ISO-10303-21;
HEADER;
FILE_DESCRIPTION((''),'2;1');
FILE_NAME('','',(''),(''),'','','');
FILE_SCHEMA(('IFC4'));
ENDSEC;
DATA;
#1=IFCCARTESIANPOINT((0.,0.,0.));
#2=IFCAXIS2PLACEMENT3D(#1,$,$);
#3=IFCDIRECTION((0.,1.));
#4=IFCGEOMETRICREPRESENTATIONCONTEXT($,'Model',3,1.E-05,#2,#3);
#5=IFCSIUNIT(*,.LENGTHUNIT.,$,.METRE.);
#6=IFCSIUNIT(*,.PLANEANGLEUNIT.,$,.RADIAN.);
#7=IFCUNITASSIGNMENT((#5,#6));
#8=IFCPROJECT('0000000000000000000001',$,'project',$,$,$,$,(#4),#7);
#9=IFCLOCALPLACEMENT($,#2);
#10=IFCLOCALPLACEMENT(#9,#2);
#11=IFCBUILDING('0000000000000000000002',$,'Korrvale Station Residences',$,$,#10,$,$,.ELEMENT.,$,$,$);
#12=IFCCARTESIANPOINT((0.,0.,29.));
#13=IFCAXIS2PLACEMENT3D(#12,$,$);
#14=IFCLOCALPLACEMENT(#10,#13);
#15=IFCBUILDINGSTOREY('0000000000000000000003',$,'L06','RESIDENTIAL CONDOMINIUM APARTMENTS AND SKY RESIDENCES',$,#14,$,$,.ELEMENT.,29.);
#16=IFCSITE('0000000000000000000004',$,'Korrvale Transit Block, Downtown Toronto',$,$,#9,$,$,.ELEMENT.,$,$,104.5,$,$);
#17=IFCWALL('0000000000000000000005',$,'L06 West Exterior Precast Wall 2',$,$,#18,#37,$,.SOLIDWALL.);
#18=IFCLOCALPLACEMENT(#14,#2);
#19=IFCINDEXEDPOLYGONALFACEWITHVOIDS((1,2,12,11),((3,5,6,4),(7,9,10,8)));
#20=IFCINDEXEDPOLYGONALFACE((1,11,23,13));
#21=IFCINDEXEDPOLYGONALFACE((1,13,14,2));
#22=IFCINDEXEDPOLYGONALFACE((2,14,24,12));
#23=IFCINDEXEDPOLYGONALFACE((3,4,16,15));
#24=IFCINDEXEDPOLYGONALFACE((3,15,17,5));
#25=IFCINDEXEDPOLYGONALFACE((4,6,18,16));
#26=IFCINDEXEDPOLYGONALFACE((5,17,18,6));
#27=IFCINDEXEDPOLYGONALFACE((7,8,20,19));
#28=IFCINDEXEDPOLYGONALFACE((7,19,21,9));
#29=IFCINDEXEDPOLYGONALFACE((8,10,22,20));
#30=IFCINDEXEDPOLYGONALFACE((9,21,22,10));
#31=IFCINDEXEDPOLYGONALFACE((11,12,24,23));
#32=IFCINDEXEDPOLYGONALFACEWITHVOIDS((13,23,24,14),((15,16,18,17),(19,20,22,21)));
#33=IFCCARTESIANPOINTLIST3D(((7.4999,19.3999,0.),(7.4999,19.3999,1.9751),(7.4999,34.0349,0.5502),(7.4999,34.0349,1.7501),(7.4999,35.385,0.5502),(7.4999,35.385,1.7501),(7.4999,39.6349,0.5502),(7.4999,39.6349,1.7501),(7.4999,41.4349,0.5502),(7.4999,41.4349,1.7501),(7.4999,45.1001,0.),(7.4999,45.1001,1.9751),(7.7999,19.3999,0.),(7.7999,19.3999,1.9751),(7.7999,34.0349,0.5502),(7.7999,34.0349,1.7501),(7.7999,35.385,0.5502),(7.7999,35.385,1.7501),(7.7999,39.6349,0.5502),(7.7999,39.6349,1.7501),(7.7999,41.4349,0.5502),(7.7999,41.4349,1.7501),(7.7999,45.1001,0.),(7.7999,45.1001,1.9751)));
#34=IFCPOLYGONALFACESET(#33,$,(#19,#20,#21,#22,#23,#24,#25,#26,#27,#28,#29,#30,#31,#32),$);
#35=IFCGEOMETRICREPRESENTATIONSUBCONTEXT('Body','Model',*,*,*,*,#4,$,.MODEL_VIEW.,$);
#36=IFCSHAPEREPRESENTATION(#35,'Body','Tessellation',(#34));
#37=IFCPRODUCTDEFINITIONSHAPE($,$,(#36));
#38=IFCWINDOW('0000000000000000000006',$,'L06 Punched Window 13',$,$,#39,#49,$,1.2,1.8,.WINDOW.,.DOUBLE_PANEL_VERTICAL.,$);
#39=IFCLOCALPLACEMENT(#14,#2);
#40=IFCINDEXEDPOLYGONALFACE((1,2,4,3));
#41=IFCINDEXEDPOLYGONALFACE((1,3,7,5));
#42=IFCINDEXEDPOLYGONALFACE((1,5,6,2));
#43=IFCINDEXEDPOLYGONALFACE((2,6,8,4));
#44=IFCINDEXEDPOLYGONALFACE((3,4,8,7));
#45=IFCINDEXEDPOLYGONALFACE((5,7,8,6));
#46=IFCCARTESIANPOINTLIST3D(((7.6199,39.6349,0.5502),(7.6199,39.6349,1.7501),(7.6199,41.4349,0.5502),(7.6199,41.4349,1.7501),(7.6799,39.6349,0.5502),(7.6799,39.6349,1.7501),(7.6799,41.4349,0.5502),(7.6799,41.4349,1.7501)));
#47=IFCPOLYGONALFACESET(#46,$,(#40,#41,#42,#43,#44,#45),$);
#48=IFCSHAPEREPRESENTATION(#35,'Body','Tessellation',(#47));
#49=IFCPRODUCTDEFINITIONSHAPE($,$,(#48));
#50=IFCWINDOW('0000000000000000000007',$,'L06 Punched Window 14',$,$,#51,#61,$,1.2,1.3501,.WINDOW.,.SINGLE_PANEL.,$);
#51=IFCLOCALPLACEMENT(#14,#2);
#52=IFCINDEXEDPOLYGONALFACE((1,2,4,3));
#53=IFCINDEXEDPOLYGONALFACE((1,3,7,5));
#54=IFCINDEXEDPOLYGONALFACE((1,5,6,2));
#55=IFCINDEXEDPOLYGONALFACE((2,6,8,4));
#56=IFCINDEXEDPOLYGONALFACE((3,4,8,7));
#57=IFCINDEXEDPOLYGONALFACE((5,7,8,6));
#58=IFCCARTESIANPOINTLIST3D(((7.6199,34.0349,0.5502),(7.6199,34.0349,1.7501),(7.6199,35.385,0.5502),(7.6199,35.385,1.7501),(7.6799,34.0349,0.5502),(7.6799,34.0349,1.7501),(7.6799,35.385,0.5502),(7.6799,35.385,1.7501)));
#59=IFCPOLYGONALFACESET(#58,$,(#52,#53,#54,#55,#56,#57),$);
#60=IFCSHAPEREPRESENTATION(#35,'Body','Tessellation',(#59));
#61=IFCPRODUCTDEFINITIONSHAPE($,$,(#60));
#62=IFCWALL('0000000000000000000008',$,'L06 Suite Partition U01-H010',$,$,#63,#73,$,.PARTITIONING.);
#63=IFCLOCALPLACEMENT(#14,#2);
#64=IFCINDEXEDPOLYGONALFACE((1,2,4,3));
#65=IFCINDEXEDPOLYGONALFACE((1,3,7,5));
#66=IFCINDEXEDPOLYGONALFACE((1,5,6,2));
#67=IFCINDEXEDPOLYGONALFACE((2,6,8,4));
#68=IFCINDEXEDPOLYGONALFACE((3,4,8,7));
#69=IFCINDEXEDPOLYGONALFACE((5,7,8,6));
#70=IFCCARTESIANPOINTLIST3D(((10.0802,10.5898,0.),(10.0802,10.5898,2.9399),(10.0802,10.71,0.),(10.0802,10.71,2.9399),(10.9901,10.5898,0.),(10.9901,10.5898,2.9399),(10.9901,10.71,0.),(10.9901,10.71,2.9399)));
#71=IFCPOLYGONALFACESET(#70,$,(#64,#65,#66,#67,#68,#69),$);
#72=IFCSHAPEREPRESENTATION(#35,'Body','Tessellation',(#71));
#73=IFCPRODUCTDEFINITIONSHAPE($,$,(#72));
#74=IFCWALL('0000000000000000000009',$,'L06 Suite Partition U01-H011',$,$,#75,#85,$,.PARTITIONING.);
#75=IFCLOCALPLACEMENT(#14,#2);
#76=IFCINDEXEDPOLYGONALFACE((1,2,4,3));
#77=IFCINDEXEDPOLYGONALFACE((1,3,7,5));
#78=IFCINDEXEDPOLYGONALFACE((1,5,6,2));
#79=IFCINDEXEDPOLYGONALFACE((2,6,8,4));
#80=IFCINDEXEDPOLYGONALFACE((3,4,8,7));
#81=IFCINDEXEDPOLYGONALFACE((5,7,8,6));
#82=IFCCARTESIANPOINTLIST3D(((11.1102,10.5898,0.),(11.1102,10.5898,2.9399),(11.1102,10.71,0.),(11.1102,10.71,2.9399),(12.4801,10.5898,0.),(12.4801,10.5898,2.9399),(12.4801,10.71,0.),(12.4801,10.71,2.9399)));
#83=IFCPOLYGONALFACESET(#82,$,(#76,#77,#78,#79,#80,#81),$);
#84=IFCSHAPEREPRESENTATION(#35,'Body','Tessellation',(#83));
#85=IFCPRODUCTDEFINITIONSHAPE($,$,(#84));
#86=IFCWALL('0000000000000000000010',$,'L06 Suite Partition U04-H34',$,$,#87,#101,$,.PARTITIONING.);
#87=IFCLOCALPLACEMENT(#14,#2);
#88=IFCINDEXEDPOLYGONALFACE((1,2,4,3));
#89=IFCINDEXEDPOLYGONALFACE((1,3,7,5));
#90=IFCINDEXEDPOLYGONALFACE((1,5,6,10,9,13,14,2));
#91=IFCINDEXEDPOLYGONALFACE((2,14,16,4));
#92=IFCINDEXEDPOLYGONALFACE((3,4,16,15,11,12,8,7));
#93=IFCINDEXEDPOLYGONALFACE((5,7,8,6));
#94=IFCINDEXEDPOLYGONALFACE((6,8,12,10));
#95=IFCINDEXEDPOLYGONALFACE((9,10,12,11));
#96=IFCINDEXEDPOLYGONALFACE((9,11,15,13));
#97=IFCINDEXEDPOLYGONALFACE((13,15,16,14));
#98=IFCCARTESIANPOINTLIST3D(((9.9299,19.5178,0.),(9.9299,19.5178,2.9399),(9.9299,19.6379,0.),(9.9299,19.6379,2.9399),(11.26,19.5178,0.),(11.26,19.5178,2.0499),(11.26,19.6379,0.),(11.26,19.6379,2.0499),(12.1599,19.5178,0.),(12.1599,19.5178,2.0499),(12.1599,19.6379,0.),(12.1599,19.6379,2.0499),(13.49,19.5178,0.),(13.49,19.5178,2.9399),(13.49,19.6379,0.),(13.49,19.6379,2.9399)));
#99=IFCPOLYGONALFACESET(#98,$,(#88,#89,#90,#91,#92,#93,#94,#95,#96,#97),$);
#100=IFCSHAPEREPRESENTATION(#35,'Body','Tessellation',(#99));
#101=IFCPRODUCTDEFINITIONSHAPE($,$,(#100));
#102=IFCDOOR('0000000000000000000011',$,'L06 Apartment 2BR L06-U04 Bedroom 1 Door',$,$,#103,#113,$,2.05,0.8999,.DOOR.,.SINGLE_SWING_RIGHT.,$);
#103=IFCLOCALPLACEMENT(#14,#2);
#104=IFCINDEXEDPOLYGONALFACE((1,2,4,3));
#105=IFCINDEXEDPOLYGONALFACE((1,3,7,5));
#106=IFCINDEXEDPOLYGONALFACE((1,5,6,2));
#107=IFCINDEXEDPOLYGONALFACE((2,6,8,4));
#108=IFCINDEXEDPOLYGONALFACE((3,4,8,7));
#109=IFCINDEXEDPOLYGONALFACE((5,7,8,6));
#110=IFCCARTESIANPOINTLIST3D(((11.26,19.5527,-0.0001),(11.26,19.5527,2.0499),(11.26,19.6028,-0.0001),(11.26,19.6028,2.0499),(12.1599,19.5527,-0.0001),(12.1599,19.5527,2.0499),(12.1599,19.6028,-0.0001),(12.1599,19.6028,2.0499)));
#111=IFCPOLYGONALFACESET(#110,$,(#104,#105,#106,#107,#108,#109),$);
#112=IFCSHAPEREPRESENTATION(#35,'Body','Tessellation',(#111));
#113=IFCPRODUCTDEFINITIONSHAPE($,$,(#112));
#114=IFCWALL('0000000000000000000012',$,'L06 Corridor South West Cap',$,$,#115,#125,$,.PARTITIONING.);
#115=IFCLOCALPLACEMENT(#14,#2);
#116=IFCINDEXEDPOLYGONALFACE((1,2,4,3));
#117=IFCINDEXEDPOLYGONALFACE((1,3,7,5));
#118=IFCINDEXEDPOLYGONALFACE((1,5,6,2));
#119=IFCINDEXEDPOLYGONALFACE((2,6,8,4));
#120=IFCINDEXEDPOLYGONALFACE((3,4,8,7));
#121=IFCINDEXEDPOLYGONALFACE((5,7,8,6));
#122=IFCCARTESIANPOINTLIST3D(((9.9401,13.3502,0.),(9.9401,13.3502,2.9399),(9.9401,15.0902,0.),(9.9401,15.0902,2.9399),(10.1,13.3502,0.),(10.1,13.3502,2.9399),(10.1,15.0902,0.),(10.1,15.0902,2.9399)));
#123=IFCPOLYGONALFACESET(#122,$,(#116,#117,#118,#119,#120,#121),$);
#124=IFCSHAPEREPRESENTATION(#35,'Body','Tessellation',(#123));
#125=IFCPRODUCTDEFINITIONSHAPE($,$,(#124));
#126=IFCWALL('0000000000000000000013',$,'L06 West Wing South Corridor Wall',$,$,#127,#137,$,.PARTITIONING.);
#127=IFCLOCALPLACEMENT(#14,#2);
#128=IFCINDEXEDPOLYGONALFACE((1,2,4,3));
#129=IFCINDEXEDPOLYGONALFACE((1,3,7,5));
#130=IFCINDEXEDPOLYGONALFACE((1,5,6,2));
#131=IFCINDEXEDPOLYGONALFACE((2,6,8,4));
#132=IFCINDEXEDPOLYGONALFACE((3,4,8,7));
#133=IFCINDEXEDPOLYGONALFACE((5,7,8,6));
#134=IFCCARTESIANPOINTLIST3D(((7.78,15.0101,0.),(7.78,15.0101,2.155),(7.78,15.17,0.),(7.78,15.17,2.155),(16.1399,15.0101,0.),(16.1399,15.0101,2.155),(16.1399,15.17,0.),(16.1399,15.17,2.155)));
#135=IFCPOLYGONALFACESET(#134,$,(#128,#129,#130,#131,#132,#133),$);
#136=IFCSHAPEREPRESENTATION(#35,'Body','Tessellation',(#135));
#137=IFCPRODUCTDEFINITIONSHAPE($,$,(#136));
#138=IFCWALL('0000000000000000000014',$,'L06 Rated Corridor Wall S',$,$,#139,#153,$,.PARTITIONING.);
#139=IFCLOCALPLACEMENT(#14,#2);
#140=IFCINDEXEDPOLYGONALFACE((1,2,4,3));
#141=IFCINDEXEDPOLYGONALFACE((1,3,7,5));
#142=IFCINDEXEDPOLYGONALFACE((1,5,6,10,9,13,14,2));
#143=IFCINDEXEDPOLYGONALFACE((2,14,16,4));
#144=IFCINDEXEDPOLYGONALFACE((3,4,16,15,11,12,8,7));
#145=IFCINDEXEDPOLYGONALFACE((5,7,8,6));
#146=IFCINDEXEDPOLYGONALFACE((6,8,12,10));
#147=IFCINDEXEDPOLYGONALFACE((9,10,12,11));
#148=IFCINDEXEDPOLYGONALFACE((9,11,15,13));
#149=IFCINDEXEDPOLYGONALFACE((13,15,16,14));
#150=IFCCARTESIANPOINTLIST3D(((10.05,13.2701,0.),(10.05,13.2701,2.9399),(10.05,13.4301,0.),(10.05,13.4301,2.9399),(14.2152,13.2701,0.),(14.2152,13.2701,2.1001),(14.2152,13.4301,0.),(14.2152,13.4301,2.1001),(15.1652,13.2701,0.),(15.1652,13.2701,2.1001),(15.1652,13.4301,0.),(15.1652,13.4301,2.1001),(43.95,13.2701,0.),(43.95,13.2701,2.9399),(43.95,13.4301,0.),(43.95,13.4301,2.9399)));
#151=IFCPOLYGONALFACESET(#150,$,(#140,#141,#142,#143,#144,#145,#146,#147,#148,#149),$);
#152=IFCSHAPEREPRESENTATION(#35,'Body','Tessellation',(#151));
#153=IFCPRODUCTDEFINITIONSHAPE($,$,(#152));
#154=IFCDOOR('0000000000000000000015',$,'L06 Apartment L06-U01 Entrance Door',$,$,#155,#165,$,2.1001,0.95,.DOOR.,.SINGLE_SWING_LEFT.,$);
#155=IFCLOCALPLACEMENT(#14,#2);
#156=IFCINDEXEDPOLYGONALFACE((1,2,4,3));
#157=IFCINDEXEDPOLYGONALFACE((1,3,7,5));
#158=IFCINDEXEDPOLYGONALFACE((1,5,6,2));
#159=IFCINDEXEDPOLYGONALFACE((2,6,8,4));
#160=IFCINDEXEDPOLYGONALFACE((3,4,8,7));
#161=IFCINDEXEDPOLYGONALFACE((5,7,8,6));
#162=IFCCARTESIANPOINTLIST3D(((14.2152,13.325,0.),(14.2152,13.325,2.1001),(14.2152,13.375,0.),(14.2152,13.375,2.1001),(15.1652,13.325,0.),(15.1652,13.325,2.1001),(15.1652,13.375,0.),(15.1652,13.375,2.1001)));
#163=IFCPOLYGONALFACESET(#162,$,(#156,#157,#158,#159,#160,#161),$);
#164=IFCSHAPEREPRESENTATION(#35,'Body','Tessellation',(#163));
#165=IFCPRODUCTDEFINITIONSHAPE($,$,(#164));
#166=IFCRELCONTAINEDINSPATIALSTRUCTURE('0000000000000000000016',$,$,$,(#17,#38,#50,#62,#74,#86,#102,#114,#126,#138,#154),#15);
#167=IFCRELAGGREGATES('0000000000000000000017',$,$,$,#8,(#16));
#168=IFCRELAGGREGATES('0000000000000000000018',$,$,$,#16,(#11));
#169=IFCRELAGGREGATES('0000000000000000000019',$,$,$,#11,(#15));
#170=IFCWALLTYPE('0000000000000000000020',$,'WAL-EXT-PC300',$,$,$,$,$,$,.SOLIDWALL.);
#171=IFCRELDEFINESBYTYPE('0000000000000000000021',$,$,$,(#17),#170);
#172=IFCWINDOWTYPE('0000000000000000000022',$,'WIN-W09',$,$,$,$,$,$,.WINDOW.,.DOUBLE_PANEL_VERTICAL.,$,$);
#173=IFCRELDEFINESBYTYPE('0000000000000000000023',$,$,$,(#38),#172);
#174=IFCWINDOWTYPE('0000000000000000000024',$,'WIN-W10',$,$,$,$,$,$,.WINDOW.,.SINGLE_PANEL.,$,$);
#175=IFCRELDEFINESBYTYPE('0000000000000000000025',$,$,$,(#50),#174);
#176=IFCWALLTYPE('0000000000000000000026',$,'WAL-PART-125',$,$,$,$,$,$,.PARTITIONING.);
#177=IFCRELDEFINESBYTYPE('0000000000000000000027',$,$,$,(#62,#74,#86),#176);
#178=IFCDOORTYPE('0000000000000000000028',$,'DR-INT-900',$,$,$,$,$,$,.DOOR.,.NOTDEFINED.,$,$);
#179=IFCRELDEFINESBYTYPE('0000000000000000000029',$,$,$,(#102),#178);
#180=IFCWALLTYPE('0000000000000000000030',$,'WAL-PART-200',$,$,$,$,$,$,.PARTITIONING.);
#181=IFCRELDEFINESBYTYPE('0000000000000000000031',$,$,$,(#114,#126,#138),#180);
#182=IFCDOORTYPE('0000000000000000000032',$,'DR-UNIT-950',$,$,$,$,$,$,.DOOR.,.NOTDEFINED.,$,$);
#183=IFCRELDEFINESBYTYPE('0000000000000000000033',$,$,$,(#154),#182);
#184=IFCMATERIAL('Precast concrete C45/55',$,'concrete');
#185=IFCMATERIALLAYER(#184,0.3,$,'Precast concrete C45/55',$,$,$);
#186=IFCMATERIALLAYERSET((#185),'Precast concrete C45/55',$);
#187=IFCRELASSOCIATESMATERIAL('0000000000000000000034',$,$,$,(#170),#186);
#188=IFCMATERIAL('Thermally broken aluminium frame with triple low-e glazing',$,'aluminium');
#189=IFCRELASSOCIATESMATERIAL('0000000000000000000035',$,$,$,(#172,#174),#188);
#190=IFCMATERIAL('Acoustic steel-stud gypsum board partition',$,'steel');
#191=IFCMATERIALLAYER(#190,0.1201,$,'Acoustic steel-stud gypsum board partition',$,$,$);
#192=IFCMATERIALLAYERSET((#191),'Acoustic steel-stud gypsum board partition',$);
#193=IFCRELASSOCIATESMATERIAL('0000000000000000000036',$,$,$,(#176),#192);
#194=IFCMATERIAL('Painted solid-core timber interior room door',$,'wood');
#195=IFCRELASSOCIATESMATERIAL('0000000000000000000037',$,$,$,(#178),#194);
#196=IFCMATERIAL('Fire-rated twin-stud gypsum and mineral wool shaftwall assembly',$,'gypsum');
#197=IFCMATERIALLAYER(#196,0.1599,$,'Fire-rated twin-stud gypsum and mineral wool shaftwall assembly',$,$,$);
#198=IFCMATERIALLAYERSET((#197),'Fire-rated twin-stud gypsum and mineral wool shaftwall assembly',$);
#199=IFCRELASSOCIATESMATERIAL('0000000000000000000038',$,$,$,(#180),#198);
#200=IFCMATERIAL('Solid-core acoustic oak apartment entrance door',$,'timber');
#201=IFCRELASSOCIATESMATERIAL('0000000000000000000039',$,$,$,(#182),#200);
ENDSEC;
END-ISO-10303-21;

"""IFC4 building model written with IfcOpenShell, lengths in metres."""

from ifc_helpers import new_model, si_unit, direction, frame, frame_2d, origin, place, context, subcontext, project, spatial, rectangle, extrude, material, layer, layer_set, type_object, element, fill, save


model = new_model("IFC4")

# Units and contexts
model_context = context("Model", 3, precision=1e-05, world=origin(), true_north=direction((0.0, 1.0)))
body_context = subcontext(model_context, "Body", "Model", "MODEL_VIEW")
ifc_project = project(units=[si_unit("LENGTHUNIT", "METRE"), si_unit("PLANEANGLEUNIT", "RADIAN")], contexts=[model_context])

# Site, building, storey
site_placement = place(None, origin())
site = spatial("IfcSite", under=ifc_project, at=site_placement, Name="Korrvale Transit Block, Downtown Toronto", CompositionType="ELEMENT", RefElevation=104.5)
building_placement = place(site_placement, origin())
building = spatial("IfcBuilding", under=site, at=building_placement, Name="Korrvale Station Residences", CompositionType="ELEMENT")
storey_placement = place(building_placement, frame((0.0, 0.0, 29.0)))
storey = spatial("IfcBuildingStorey", under=building, at=storey_placement, Name="L06", Description="RESIDENTIAL CONDOMINIUM APARTMENTS AND SKY RESIDENCES", CompositionType="ELEMENT", Elevation=29.0)

# Shared definitions
ifc_material_1 = material(Name="Precast concrete C45/55", Category="concrete")

# Shared definitions
ifc_material_2 = material(Name="Thermally broken aluminium frame with triple low-e glazing", Category="aluminium")

# Wall, openings, windows
ifc_layer_1 = layer(ifc_material_1, 0.3, Name="Precast concrete C45/55")
ifc_layer_set_1 = layer_set([ifc_layer_1], Name="Precast concrete C45/55")
wall_type_1 = type_object("IfcWallType", Name="WAL-EXT-PC300", PredefinedType="SOLIDWALL", material=ifc_layer_set_1)
wall_1_placement = place(storey_placement, frame((7.6499, 19.3999, 0.0), z_axis=(0.0, 0.0, 1.0), x_axis=(0.0, 1.0, 0.0)))
wall_1 = element("IfcWall", 1, at=wall_1_placement, inside=storey, type_object=wall_type_1, Name="L06 West Exterior Precast Wall 2", PredefinedType="SOLIDWALL", context=body_context, shape_type="SweptSolid", body=[
    extrude(rectangle(XDim=25.7002, YDim=0.3, at=frame_2d((12.8501, 0.0))), origin(), (0.0, 0.0, 1.0), 1.9751),
])
opening_1_placement = place(wall_1_placement, frame((20.2351, 0.0, 0.55)))
opening_1 = element("IfcOpeningElement", 2, at=opening_1_placement, cuts=wall_1, PredefinedType="OPENING", context=body_context, shape_type="SweptSolid", body=[
    extrude(rectangle(XDim=1.8, YDim=1.2, at=frame_2d((0.8999, 0.6001))), frame((0.0, 0.1602, 0.0), z_axis=(0.0, -1.0, 0.0), x_axis=(1.0, 0.0, 0.0)), (0.0, 0.0, 1.0), 0.3201),
])
opening_2_placement = place(wall_1_placement, frame((14.635, 0.0, 0.55)))
opening_2 = element("IfcOpeningElement", 3, at=opening_2_placement, cuts=wall_1, PredefinedType="OPENING", context=body_context, shape_type="SweptSolid", body=[
    extrude(rectangle(XDim=1.3501, YDim=1.2, at=frame_2d((0.675, 0.6001))), frame((0.0, 0.1602, 0.0), z_axis=(0.0, -1.0, 0.0), x_axis=(1.0, 0.0, 0.0)), (0.0, 0.0, 1.0), 0.3201),
])
window_type_1 = type_object("IfcWindowType", Name="WIN-W09", PartitioningType="DOUBLE_PANEL_VERTICAL", PredefinedType="WINDOW", material=ifc_material_2)
window_1_placement = place(opening_1_placement, origin())
window_1 = element("IfcWindow", 4, at=window_1_placement, inside=storey, type_object=window_type_1, Name="L06 Punched Window 13", OverallHeight=1.2, OverallWidth=1.8, PartitioningType="DOUBLE_PANEL_VERTICAL", PredefinedType="WINDOW", context=body_context, shape_type="SweptSolid", body=[
    extrude(rectangle(XDim=1.8, YDim=1.2, at=frame_2d((0.8999, 0.6001))), frame((0.0, 0.03, 0.0), z_axis=(0.0, -1.0, 0.0), x_axis=(1.0, 0.0, 0.0)), (0.0, 0.0, 1.0), 0.0601),
])
fill(opening_1, window_1)
window_type_2 = type_object("IfcWindowType", Name="WIN-W10", PartitioningType="SINGLE_PANEL", PredefinedType="WINDOW", material=ifc_material_2)
window_2_placement = place(opening_2_placement, origin())
window_2 = element("IfcWindow", 5, at=window_2_placement, inside=storey, type_object=window_type_2, Name="L06 Punched Window 14", OverallHeight=1.2, OverallWidth=1.3501, PartitioningType="SINGLE_PANEL", PredefinedType="WINDOW", context=body_context, shape_type="SweptSolid", body=[
    extrude(rectangle(XDim=1.3501, YDim=1.2, at=frame_2d((0.675, 0.6001))), frame((0.0, 0.03, 0.0), z_axis=(0.0, -1.0, 0.0), x_axis=(1.0, 0.0, 0.0)), (0.0, 0.0, 1.0), 0.0601),
])
fill(opening_2, window_2)

# Walls
ifc_material_3 = material(Name="Acoustic steel-stud gypsum board partition", Category="steel")
ifc_layer_2 = layer(ifc_material_3, 0.1201, Name="Acoustic steel-stud gypsum board partition")
ifc_layer_set_2 = layer_set([ifc_layer_2], Name="Acoustic steel-stud gypsum board partition")
wall_type_2 = type_object("IfcWallType", Name="WAL-PART-125", PredefinedType="PARTITIONING", material=ifc_layer_set_2)
wall_2_placement = place(storey_placement, frame((10.0801, 10.6499, 0.0), z_axis=(0.0, 0.0, 1.0), x_axis=(1.0, 0.0, 0.0)))
element("IfcWall", 6, at=wall_2_placement, inside=storey, type_object=wall_type_2, Name="L06 Suite Partition U01-H010", PredefinedType="PARTITIONING", context=body_context, shape_type="SweptSolid", body=[
    extrude(rectangle(XDim=0.9099, YDim=0.1201, at=frame_2d((0.4551, 0.0))), origin(), (0.0, 0.0, 1.0), 2.9399),
])
wall_3_placement = place(storey_placement, frame((11.1101, 10.6499, 0.0), z_axis=(0.0, 0.0, 1.0), x_axis=(1.0, 0.0, 0.0)))
element("IfcWall", 7, at=wall_3_placement, inside=storey, type_object=wall_type_2, Name="L06 Suite Partition U01-H011", PredefinedType="PARTITIONING", context=body_context, shape_type="SweptSolid", body=[
    extrude(rectangle(XDim=1.3699, YDim=0.1201, at=frame_2d((0.6851, 0.0))), origin(), (0.0, 0.0, 1.0), 2.9399),
])

# Wall, opening, door
wall_4_placement = place(storey_placement, frame((9.9299, 19.5779, 0.0), z_axis=(0.0, 0.0, 1.0), x_axis=(1.0, 0.0, 0.0)))
wall_4 = element("IfcWall", 8, at=wall_4_placement, inside=storey, type_object=wall_type_2, Name="L06 Suite Partition U04-H34", PredefinedType="PARTITIONING", context=body_context, shape_type="SweptSolid", body=[
    extrude(rectangle(XDim=3.5601, YDim=0.1201, at=frame_2d((1.78, 0.0))), origin(), (0.0, 0.0, 1.0), 2.9399),
])
opening_3_placement = place(wall_4_placement, frame((1.3301, 0.0, 0.0)))
opening_3 = element("IfcOpeningElement", 9, at=opening_3_placement, cuts=wall_4, PredefinedType="OPENING", context=body_context, shape_type="SweptSolid", body=[
    extrude(rectangle(XDim=0.8999, YDim=2.05, at=frame_2d((0.45, 1.0249))), frame((0.0, 0.0701, 0.0), z_axis=(0.0, -1.0, 0.0), x_axis=(1.0, 0.0, 0.0)), (0.0, 0.0, 1.0), 0.1401),
])
ifc_material_4 = material(Name="Painted solid-core timber interior room door", Category="wood")
door_type_1 = type_object("IfcDoorType", Name="DR-INT-900", OperationType="NOTDEFINED", PredefinedType="DOOR", material=ifc_material_4)
door_1_placement = place(opening_3_placement, origin())
door_1 = element("IfcDoor", 10, at=door_1_placement, inside=storey, type_object=door_type_1, Name="L06 Apartment 2BR L06-U04 Bedroom 1 Door", OperationType="SINGLE_SWING_RIGHT", OverallHeight=2.05, OverallWidth=0.8999, PredefinedType="DOOR", context=body_context, shape_type="SweptSolid", body=[
    extrude(rectangle(XDim=0.8999, YDim=2.05, at=frame_2d((0.45, 1.0249))), frame((0.0, 0.0249, 0.0), z_axis=(0.0, -1.0, 0.0), x_axis=(1.0, 0.0, 0.0)), (0.0, 0.0, 1.0), 0.05),
])
fill(opening_3, door_1)

# Walls
ifc_material_5 = material(Name="Fire-rated twin-stud gypsum and mineral wool shaftwall assembly", Category="gypsum")
ifc_layer_3 = layer(ifc_material_5, 0.1599, Name="Fire-rated twin-stud gypsum and mineral wool shaftwall assembly")
ifc_layer_set_3 = layer_set([ifc_layer_3], Name="Fire-rated twin-stud gypsum and mineral wool shaftwall assembly")
wall_type_3 = type_object("IfcWallType", Name="WAL-PART-200", PredefinedType="PARTITIONING", material=ifc_layer_set_3)
wall_5_placement = place(storey_placement, frame((10.02, 13.3501, 0.0), z_axis=(0.0, 0.0, 1.0), x_axis=(0.0, 1.0, 0.0)))
element("IfcWall", 11, at=wall_5_placement, inside=storey, type_object=wall_type_3, Name="L06 Corridor South West Cap", PredefinedType="PARTITIONING", context=body_context, shape_type="SweptSolid", body=[
    extrude(rectangle(XDim=1.74, YDim=0.1599, at=frame_2d((0.8701, 0.0))), origin(), (0.0, 0.0, 1.0), 2.9399),
])
wall_6_placement = place(storey_placement, frame((7.78, 15.0901, 0.0), z_axis=(0.0, 0.0, 1.0), x_axis=(1.0, 0.0, 0.0)))
element("IfcWall", 12, at=wall_6_placement, inside=storey, type_object=wall_type_3, Name="L06 West Wing South Corridor Wall", PredefinedType="PARTITIONING", context=body_context, shape_type="SweptSolid", body=[
    extrude(rectangle(XDim=8.3599, YDim=0.1599, at=frame_2d((4.1799, 0.0))), origin(), (0.0, 0.0, 1.0), 2.155),
])

# Wall, opening, door
wall_7_placement = place(storey_placement, frame((10.05, 13.3501, 0.0), z_axis=(0.0, 0.0, 1.0), x_axis=(1.0, 0.0, 0.0)))
wall_7 = element("IfcWall", 13, at=wall_7_placement, inside=storey, type_object=wall_type_3, Name="L06 Rated Corridor Wall S", PredefinedType="PARTITIONING", context=body_context, shape_type="SweptSolid", body=[
    extrude(rectangle(XDim=33.8999, YDim=0.1599, at=frame_2d((16.95, 0.0))), origin(), (0.0, 0.0, 1.0), 2.9399),
])
opening_4_placement = place(wall_7_placement, frame((4.165, 0.0, 0.0)))
opening_4 = element("IfcOpeningElement", 14, at=opening_4_placement, cuts=wall_7, PredefinedType="OPENING", context=body_context, shape_type="SweptSolid", body=[
    extrude(rectangle(XDim=0.95, YDim=2.1001, at=frame_2d((0.4751, 1.05))), frame((0.0, 0.0898, 0.0), z_axis=(0.0, -1.0, 0.0), x_axis=(1.0, 0.0, 0.0)), (0.0, 0.0, 1.0), 0.1799),
])
ifc_material_6 = material(Name="Solid-core acoustic oak apartment entrance door", Category="timber")
door_type_2 = type_object("IfcDoorType", Name="DR-UNIT-950", OperationType="NOTDEFINED", PredefinedType="DOOR", material=ifc_material_6)
door_2_placement = place(opening_4_placement, origin())
door_2 = element("IfcDoor", 15, at=door_2_placement, inside=storey, type_object=door_type_2, Name="L06 Apartment L06-U01 Entrance Door", OperationType="SINGLE_SWING_LEFT", OverallHeight=2.1001, OverallWidth=0.95, PredefinedType="DOOR", context=body_context, shape_type="SweptSolid", body=[
    extrude(rectangle(XDim=0.95, YDim=2.1001, at=frame_2d((0.4751, 1.05))), frame((0.0, 0.0249, 0.0), z_axis=(0.0, -1.0, 0.0), x_axis=(1.0, 0.0, 0.0)), (0.0, 0.0, 1.0), 0.05),
])
fill(opening_4, door_2)

save(model, "model.ifc")
